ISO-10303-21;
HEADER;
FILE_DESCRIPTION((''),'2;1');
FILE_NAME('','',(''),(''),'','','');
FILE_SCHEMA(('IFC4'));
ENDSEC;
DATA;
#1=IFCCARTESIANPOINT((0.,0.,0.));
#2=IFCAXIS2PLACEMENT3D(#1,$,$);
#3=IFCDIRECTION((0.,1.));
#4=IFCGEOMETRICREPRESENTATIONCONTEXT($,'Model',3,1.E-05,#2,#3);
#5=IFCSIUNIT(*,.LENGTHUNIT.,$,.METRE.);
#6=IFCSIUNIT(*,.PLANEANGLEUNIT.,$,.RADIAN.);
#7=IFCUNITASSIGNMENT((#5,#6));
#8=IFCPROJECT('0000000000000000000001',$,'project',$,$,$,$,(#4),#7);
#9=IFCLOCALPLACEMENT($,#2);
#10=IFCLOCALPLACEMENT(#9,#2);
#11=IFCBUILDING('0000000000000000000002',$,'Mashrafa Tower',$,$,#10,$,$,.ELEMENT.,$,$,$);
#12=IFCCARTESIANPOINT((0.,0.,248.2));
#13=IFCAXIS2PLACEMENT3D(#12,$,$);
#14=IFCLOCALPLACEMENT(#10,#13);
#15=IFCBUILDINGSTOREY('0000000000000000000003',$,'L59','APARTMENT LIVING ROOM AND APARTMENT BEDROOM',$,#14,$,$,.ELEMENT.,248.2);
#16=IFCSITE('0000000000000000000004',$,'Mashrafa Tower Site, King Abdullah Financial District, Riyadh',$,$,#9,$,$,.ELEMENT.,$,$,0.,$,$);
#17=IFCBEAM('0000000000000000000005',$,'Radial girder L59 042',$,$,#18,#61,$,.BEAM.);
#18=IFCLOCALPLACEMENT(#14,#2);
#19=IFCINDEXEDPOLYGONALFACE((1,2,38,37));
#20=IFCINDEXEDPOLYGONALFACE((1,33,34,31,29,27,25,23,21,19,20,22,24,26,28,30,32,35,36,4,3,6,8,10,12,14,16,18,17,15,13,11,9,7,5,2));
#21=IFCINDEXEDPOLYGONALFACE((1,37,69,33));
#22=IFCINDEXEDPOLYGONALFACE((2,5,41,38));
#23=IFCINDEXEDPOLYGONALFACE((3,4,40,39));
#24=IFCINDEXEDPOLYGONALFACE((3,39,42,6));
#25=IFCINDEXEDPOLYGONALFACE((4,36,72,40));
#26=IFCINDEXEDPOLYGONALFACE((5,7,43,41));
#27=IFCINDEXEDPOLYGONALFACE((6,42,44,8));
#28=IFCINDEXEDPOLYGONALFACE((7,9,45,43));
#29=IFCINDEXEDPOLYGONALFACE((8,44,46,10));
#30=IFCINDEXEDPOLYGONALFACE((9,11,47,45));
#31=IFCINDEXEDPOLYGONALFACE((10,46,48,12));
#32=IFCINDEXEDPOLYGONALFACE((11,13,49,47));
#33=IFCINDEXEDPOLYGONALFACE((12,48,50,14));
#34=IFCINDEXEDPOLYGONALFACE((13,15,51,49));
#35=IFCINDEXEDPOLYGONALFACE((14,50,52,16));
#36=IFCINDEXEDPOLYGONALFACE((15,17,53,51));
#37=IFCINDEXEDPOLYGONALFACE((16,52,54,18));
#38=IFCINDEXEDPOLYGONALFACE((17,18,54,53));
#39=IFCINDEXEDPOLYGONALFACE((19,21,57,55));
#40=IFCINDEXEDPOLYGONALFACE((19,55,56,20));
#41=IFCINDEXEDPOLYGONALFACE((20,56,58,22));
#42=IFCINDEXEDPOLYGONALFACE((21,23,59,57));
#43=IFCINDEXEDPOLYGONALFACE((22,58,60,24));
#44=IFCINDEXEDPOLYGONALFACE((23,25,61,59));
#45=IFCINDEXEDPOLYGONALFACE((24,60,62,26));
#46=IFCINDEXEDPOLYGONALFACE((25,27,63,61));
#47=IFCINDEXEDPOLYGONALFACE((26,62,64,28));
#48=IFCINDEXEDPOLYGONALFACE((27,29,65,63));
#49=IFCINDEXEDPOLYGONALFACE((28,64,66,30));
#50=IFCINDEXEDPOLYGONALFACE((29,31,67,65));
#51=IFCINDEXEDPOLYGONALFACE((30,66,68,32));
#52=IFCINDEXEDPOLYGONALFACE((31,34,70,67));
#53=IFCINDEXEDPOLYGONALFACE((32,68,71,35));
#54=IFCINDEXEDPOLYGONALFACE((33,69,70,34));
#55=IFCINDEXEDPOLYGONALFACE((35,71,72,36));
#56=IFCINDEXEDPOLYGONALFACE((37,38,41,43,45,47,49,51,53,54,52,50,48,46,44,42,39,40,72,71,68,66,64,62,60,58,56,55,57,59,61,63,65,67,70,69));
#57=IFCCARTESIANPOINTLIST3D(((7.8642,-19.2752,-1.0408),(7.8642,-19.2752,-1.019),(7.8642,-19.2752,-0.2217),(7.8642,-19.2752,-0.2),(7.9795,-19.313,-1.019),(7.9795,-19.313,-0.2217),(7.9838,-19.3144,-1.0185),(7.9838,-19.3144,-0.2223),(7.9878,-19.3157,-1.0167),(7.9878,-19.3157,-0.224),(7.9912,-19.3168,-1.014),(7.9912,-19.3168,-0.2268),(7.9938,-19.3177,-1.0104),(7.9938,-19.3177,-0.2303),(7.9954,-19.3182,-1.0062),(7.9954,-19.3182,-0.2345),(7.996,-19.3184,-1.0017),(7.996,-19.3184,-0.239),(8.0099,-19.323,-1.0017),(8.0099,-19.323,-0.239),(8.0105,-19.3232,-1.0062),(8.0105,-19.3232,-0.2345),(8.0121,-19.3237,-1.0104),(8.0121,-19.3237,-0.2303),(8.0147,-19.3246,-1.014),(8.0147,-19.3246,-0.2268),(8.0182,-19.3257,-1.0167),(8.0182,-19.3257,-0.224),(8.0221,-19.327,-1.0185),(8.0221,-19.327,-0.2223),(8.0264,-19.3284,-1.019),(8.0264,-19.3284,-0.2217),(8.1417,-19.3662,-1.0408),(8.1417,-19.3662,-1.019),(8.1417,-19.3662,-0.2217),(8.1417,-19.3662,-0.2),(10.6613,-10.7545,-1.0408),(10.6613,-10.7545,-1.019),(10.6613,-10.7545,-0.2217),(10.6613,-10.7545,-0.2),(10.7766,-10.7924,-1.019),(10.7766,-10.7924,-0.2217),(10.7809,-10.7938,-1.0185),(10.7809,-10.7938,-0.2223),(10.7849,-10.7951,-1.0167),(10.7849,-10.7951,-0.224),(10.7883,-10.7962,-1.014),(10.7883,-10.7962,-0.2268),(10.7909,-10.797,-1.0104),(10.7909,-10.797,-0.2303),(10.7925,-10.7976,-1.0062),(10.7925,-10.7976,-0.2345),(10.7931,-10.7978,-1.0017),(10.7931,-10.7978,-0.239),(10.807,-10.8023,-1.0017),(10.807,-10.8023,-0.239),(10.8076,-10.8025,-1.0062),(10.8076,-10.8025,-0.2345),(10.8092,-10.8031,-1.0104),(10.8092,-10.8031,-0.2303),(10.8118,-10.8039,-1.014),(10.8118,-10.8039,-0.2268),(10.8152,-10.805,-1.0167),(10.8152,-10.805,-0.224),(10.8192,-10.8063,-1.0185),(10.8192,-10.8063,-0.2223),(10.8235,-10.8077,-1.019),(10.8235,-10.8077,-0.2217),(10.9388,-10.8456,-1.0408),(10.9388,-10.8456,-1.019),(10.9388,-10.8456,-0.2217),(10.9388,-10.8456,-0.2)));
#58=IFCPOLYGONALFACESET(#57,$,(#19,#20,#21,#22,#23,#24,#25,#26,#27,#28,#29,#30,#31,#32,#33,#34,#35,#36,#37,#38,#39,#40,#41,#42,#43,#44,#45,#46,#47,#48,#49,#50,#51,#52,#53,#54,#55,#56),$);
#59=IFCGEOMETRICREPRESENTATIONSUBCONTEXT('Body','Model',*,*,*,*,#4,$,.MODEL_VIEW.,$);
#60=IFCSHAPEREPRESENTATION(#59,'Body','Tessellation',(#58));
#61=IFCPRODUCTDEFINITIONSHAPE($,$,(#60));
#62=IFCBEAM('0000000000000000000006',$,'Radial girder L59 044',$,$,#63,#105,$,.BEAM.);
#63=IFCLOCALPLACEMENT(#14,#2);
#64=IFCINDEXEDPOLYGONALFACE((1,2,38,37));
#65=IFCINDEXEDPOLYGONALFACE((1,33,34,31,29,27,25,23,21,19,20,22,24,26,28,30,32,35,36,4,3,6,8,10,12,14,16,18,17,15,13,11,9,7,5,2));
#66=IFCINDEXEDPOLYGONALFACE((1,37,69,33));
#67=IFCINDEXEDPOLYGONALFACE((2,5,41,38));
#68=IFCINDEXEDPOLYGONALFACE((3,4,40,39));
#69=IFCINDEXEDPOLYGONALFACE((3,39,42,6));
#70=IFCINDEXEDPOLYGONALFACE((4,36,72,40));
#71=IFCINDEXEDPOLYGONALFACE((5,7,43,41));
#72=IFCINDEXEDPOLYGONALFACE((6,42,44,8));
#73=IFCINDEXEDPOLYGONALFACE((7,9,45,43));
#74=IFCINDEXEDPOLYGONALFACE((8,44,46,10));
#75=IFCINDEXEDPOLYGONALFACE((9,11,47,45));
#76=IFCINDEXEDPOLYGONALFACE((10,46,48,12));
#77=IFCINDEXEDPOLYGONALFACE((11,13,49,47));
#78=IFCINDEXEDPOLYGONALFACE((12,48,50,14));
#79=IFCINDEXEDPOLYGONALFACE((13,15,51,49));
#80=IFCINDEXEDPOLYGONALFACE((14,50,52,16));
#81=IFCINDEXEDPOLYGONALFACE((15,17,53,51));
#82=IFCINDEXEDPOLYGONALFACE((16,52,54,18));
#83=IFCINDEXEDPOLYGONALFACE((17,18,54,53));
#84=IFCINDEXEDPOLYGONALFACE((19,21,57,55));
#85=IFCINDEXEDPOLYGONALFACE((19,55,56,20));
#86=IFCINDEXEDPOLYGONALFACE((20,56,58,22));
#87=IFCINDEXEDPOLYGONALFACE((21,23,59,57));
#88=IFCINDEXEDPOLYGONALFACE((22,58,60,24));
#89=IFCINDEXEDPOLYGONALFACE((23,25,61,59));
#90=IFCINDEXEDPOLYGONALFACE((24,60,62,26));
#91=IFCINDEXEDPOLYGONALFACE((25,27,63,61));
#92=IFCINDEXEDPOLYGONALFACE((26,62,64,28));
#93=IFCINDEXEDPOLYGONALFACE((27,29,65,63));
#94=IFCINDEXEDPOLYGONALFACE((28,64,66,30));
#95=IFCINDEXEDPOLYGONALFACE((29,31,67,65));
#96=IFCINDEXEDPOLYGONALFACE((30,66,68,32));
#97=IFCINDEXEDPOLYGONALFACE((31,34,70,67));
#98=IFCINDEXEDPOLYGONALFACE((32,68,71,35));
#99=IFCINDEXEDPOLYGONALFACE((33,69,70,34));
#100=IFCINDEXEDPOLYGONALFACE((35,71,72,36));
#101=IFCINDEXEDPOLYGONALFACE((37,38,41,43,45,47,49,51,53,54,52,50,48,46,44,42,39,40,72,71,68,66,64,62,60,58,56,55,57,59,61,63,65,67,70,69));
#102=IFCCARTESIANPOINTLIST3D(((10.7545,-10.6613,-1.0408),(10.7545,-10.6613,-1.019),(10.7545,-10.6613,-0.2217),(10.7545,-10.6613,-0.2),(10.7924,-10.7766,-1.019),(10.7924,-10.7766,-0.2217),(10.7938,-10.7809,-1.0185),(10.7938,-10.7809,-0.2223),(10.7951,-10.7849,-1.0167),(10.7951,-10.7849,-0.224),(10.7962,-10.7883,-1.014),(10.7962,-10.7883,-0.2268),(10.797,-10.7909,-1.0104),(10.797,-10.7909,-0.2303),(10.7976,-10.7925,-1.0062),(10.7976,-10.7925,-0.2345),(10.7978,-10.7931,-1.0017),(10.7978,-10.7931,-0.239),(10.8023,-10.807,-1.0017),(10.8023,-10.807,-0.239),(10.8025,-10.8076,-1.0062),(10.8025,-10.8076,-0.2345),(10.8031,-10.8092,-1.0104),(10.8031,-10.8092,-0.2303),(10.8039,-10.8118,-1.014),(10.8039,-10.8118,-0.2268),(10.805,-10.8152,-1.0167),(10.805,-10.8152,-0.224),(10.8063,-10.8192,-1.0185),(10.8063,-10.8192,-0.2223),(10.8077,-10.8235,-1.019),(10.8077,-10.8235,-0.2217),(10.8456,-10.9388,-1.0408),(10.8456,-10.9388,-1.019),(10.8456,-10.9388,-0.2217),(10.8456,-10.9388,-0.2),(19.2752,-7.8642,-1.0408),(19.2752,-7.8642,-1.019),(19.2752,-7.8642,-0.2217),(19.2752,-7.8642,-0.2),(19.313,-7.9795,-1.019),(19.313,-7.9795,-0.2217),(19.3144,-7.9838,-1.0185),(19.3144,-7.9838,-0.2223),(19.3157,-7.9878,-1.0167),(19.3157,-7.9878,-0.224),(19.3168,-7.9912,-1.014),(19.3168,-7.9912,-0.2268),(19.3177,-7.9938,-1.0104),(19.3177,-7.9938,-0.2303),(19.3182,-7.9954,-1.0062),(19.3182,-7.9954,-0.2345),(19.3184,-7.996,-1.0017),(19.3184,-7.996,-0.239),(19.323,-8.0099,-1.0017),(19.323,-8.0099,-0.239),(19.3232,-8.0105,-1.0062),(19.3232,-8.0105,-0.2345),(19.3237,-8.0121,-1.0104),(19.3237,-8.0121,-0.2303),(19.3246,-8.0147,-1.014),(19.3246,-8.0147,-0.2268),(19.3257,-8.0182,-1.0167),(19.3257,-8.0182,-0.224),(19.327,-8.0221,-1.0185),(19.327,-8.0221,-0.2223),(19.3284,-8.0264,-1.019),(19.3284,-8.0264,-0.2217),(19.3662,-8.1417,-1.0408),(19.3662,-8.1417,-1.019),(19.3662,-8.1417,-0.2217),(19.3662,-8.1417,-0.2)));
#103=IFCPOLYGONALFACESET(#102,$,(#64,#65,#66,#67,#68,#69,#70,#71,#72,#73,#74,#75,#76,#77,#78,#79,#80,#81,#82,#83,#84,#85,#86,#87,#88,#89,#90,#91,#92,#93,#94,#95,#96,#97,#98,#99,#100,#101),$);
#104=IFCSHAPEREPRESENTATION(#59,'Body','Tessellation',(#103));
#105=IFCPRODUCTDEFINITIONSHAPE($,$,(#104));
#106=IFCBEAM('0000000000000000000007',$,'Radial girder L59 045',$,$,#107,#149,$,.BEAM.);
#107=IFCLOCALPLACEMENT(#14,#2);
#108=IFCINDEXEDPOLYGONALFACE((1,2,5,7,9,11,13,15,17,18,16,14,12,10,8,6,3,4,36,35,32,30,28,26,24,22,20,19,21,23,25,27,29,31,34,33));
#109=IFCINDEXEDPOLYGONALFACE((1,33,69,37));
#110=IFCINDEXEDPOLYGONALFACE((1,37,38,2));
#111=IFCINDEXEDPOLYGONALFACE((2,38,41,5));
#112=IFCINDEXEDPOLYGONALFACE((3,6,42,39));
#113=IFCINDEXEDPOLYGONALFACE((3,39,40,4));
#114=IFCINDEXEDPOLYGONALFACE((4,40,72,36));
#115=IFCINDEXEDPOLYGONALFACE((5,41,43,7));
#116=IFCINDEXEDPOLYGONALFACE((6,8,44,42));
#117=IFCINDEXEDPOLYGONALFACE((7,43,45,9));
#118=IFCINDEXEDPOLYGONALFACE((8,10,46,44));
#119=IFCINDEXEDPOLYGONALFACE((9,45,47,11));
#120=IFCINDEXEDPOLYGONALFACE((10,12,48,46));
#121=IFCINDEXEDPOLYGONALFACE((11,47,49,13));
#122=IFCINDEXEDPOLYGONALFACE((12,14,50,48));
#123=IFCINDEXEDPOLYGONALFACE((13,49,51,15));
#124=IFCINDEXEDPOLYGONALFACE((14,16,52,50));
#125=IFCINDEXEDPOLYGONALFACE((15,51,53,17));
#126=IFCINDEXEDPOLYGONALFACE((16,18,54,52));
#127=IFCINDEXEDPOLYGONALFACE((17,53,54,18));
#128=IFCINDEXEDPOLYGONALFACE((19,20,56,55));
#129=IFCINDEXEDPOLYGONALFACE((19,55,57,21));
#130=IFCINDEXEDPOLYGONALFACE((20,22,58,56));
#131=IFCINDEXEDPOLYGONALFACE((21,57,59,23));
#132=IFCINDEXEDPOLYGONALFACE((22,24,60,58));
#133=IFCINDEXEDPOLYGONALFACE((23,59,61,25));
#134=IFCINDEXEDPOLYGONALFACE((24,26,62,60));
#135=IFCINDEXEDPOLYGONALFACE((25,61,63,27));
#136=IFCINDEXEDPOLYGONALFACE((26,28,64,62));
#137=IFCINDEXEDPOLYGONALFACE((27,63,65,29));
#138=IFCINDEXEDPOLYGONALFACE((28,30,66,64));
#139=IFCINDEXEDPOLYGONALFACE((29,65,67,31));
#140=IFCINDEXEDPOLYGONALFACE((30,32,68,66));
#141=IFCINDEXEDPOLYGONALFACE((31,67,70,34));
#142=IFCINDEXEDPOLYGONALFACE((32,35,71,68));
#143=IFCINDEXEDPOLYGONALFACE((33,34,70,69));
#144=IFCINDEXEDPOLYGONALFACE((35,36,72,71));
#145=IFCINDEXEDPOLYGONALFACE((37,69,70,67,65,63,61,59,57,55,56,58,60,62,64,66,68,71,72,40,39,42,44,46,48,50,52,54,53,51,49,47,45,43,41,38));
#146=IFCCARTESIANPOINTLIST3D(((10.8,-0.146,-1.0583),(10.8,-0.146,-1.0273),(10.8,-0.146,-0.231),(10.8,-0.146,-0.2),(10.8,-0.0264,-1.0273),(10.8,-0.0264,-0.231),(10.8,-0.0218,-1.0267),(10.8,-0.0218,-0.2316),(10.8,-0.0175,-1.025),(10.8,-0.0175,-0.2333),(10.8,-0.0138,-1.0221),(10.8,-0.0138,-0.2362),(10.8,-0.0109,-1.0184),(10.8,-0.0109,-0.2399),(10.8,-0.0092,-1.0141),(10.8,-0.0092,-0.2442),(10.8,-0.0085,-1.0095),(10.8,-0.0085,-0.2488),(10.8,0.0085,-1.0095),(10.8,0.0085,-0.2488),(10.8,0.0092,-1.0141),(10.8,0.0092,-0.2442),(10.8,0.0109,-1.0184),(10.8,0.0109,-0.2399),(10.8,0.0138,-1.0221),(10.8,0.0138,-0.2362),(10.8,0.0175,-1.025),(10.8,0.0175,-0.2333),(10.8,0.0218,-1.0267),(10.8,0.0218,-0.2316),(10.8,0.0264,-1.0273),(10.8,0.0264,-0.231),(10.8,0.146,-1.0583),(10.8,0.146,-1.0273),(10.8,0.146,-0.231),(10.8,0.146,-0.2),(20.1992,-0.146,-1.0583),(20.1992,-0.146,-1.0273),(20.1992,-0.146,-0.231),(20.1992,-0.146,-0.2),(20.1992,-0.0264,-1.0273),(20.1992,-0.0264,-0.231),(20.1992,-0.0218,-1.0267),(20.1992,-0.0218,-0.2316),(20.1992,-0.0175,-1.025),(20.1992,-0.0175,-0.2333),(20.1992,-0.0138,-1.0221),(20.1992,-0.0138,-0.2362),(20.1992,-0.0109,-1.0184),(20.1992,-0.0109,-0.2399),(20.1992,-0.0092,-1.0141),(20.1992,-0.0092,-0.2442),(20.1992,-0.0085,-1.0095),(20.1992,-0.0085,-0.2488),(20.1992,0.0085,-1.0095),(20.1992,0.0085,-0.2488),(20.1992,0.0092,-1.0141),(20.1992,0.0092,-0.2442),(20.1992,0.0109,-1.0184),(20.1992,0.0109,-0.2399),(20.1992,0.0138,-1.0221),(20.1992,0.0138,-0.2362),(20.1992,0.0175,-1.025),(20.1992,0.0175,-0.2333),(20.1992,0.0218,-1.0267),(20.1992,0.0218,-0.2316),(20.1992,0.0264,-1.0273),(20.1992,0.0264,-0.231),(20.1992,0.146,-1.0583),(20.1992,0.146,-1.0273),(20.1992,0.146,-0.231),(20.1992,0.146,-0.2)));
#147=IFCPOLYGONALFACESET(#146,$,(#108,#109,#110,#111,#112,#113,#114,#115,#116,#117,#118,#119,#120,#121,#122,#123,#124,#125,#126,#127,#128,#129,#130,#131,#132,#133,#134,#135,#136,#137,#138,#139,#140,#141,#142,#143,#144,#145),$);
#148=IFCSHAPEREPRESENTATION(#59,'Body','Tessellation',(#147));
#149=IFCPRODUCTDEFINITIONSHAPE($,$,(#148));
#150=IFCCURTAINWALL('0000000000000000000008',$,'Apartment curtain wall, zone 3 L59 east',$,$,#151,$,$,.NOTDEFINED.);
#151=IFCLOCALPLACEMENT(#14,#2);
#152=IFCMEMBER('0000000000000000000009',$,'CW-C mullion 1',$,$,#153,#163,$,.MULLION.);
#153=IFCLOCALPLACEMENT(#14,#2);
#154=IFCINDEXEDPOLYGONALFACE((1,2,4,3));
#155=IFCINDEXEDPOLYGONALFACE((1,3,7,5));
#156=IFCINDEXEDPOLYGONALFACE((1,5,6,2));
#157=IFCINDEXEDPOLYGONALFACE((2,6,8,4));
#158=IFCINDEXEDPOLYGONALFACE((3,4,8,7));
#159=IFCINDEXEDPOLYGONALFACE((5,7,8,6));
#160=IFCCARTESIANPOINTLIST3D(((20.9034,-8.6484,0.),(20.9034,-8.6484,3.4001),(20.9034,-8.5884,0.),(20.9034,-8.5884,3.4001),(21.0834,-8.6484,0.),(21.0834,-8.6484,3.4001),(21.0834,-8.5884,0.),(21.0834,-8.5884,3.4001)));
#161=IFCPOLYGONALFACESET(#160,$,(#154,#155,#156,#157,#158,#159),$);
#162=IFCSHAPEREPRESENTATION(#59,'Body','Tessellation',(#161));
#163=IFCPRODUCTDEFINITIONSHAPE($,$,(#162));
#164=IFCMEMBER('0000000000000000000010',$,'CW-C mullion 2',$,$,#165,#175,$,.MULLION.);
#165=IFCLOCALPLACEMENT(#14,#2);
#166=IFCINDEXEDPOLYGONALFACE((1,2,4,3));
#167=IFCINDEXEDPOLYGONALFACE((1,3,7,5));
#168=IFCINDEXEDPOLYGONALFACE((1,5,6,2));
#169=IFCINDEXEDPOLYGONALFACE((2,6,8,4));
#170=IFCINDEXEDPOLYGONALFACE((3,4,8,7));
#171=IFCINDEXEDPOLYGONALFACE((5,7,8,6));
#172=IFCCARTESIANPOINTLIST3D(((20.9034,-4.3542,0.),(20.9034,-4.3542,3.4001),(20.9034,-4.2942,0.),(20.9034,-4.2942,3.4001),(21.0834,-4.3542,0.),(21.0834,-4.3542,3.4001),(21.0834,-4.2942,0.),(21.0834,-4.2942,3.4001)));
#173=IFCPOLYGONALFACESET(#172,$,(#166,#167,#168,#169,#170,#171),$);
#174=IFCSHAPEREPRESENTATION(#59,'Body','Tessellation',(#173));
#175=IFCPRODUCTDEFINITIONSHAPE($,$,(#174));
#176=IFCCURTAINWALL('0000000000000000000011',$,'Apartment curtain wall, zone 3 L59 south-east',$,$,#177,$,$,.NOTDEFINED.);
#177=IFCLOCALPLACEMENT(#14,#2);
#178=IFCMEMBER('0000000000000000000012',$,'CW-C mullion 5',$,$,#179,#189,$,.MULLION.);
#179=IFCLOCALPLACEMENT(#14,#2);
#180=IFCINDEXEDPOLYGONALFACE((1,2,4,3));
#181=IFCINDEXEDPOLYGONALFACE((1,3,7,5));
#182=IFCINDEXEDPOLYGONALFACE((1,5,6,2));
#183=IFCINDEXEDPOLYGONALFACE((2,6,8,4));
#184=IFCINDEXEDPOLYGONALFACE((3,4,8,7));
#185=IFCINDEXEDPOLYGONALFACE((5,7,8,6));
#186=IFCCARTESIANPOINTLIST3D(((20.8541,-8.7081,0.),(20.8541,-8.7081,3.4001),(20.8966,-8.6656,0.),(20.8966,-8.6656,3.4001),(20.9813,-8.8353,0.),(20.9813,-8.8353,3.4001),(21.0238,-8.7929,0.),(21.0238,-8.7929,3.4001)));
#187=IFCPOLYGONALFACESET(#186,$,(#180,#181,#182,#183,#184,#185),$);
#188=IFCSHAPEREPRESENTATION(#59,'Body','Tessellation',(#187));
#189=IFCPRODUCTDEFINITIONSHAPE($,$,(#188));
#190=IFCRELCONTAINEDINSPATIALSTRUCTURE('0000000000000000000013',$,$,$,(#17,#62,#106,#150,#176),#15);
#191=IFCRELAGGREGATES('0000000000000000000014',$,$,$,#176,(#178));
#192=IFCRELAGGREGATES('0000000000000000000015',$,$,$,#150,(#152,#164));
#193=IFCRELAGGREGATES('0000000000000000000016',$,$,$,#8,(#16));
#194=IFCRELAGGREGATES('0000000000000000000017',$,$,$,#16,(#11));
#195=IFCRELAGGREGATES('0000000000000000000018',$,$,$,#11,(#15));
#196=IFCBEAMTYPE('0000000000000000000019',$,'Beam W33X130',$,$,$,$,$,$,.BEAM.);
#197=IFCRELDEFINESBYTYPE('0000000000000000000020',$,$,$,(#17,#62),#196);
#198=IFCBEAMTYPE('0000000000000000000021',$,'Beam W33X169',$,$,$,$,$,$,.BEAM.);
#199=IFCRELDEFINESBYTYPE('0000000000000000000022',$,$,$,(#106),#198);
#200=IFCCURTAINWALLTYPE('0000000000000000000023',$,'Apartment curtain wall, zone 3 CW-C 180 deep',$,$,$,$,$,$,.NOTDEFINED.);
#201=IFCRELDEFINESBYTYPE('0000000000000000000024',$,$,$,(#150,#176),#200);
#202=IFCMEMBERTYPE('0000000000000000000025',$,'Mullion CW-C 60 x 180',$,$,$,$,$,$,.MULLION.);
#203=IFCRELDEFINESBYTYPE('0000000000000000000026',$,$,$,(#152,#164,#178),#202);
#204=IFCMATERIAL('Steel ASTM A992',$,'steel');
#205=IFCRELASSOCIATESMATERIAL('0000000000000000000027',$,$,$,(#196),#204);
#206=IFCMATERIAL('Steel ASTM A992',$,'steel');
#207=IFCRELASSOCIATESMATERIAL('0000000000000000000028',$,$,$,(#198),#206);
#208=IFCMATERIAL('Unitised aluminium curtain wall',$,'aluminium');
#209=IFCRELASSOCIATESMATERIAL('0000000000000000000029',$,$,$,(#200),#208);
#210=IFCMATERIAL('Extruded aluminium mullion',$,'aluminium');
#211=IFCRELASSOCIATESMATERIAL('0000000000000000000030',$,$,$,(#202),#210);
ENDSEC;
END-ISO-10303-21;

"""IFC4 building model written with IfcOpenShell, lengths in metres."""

from ifc_helpers import new_model, si_unit, direction, frame, origin, origin_2d, place, context, subcontext, project, spatial, rectangle, i_section, extrude, source, transform, mapped, material, material_profile, profile_set, type_object, type_shapes, element, aggregate, save


model = new_model("IFC4")

# Units and contexts
model_context = context("Model", 3, precision=1e-05, world=origin(), true_north=direction((0.0, 1.0)))
body_context = subcontext(model_context, "Body", "Model", "MODEL_VIEW")
ifc_project = project(units=[si_unit("LENGTHUNIT", "METRE"), si_unit("PLANEANGLEUNIT", "RADIAN")], contexts=[model_context])

# Site, building, storey
site_placement = place(None, origin())
site = spatial("IfcSite", under=ifc_project, at=site_placement, Name="Mashrafa Tower Site, King Abdullah Financial District, Riyadh", CompositionType="ELEMENT", RefElevation=0.0)
building_placement = place(site_placement, origin())
building = spatial("IfcBuilding", under=site, at=building_placement, Name="Mashrafa Tower", CompositionType="ELEMENT")
storey_placement = place(building_placement, frame((0.0, 0.0, 248.2)))
storey = spatial("IfcBuildingStorey", under=building, at=storey_placement, Name="L59", Description="APARTMENT LIVING ROOM AND APARTMENT BEDROOM", CompositionType="ELEMENT", Elevation=248.2)

# Beams
ifc_material_1 = material(Name="Steel ASTM A992", Category="steel")
ifc_material_profile_1 = material_profile(ifc_material_1, i_section(OverallWidth=0.292, OverallDepth=0.8408, WebThickness=0.0146, FlangeThickness=0.0217, FilletRadius=0.0173, at=origin_2d()), Name="W33X130")
ifc_profile_set_1 = profile_set([ifc_material_profile_1], Name="Steel ASTM A992")
beam_type_1 = type_object("IfcBeamType", Name="Beam W33X130", PredefinedType="BEAM", material=ifc_profile_set_1)
for number, where, z_axis, x_axis, name in (
    (1, (10.8, -10.8, -0.6204), (-0.311896, -0.950116, 0.0), (0.950116, -0.311896, 0.0), "Radial girder L59 042"),
    (2, (10.8, -10.8, -0.6204), (0.950116, 0.311896, 0.0), (-0.311896, 0.950116, 0.0), "Radial girder L59 044"),
):
    element("IfcBeam", number, at=place(storey_placement, frame(where, z_axis=z_axis, x_axis=x_axis)), inside=storey, type_object=beam_type_1, Name=name, PredefinedType="BEAM", context=body_context, shape_type="SweptSolid", body=[
        extrude(i_section(OverallWidth=0.292, OverallDepth=0.8408, WebThickness=0.0146, FlangeThickness=0.0217, FilletRadius=0.0173, at=origin_2d()), origin(), (0.0, 0.0, 1.0), 8.968),
    ])
ifc_material_2 = material(Name="Steel ASTM A992", Category="steel")
ifc_material_profile_2 = material_profile(ifc_material_2, i_section(OverallWidth=0.292, OverallDepth=0.8584, WebThickness=0.0171, FlangeThickness=0.031, FilletRadius=0.0178, at=origin_2d()), Name="W33X169")
ifc_profile_set_2 = profile_set([ifc_material_profile_2], Name="Steel ASTM A992")
beam_type_2 = type_object("IfcBeamType", Name="Beam W33X169", PredefinedType="BEAM", material=ifc_profile_set_2)
beam_1_placement = place(storey_placement, frame((10.8, 0.0, -0.6292), z_axis=(1.0, 0.0, 0.0), x_axis=(0.0, 1.0, 0.0)))
element("IfcBeam", 3, at=beam_1_placement, inside=storey, type_object=beam_type_2, Name="Radial girder L59 045", PredefinedType="BEAM", context=body_context, shape_type="SweptSolid", body=[
    extrude(i_section(OverallWidth=0.292, OverallDepth=0.8584, WebThickness=0.0171, FlangeThickness=0.031, FilletRadius=0.0178, at=origin_2d()), origin(), (0.0, 0.0, 1.0), 9.3992),
])

# Curtain wall, members
ifc_material_3 = material(Name="Unitised aluminium curtain wall", Category="aluminium")
curtain_wall_type = type_object("IfcCurtainWallType", Name="Apartment curtain wall, zone 3 CW-C 180 deep", PredefinedType="NOTDEFINED", material=ifc_material_3)
curtain_wall_1_placement = place(storey_placement, origin())
curtain_wall_1 = element("IfcCurtainWall", 4, at=curtain_wall_1_placement, inside=storey, type_object=curtain_wall_type, Name="Apartment curtain wall, zone 3 L59 east", PredefinedType="NOTDEFINED")
ifc_material_4 = material(Name="Extruded aluminium mullion", Category="aluminium")
ifc_material_profile_3 = material_profile(ifc_material_4, rectangle(XDim=0.1799, YDim=0.0601, at=origin_2d()), Name="Mullion 60x180")
ifc_profile_set_3 = profile_set([ifc_material_profile_3], Name="Extruded aluminium mullion")
member_type_1 = type_object("IfcMemberType", Name="Mullion CW-C 60 x 180", PredefinedType="MULLION", material=ifc_profile_set_3)
shared_shape_1 = source(origin(), body_context, "Body", "SweptSolid", [
    extrude(rectangle(XDim=0.1799, YDim=0.0601, at=origin_2d()), origin(), (0.0, 0.0, 1.0), 3.4001),
])
type_shapes(member_type_1, [shared_shape_1])
member_1_placement = place(storey_placement, frame((20.9934, -8.6184, 0.0), z_axis=(0.0, 0.0, 1.0), x_axis=(-1.0, 0.0, 0.0)))
member_1 = element("IfcMember", 5, at=member_1_placement, type_object=member_type_1, Name="CW-C mullion 1", PredefinedType="MULLION", context=body_context, shape_type="MappedRepresentation", body=[
    mapped(shared_shape_1, transform((0.0, 0.0, 0.0))),
])
member_2_placement = place(storey_placement, frame((20.9934, -4.3242, 0.0), z_axis=(0.0, 0.0, 1.0), x_axis=(-1.0, 0.0, 0.0)))
member_2 = element("IfcMember", 6, at=member_2_placement, type_object=member_type_1, Name="CW-C mullion 2", PredefinedType="MULLION", context=body_context, shape_type="MappedRepresentation", body=[
    mapped(shared_shape_1, transform((0.0, 0.0, 0.0))),
])

# Curtain wall, member
curtain_wall_2_placement = place(storey_placement, origin())
curtain_wall_2 = element("IfcCurtainWall", 7, at=curtain_wall_2_placement, inside=storey, type_object=curtain_wall_type, Name="Apartment curtain wall, zone 3 L59 south-east", PredefinedType="NOTDEFINED")
member_3_placement = place(storey_placement, frame((20.939, -8.7505, 0.0), z_axis=(0.0, 0.0, 1.0), x_axis=(-0.707107, 0.707107, 0.0)))
member_3 = element("IfcMember", 8, at=member_3_placement, type_object=member_type_1, Name="CW-C mullion 5", PredefinedType="MULLION", context=body_context, shape_type="MappedRepresentation", body=[
    mapped(shared_shape_1, transform((0.0, 0.0, 0.0))),
])

aggregate(curtain_wall_2, [member_3])
aggregate(curtain_wall_1, [member_1, member_2])

save(model, "model.ifc")
